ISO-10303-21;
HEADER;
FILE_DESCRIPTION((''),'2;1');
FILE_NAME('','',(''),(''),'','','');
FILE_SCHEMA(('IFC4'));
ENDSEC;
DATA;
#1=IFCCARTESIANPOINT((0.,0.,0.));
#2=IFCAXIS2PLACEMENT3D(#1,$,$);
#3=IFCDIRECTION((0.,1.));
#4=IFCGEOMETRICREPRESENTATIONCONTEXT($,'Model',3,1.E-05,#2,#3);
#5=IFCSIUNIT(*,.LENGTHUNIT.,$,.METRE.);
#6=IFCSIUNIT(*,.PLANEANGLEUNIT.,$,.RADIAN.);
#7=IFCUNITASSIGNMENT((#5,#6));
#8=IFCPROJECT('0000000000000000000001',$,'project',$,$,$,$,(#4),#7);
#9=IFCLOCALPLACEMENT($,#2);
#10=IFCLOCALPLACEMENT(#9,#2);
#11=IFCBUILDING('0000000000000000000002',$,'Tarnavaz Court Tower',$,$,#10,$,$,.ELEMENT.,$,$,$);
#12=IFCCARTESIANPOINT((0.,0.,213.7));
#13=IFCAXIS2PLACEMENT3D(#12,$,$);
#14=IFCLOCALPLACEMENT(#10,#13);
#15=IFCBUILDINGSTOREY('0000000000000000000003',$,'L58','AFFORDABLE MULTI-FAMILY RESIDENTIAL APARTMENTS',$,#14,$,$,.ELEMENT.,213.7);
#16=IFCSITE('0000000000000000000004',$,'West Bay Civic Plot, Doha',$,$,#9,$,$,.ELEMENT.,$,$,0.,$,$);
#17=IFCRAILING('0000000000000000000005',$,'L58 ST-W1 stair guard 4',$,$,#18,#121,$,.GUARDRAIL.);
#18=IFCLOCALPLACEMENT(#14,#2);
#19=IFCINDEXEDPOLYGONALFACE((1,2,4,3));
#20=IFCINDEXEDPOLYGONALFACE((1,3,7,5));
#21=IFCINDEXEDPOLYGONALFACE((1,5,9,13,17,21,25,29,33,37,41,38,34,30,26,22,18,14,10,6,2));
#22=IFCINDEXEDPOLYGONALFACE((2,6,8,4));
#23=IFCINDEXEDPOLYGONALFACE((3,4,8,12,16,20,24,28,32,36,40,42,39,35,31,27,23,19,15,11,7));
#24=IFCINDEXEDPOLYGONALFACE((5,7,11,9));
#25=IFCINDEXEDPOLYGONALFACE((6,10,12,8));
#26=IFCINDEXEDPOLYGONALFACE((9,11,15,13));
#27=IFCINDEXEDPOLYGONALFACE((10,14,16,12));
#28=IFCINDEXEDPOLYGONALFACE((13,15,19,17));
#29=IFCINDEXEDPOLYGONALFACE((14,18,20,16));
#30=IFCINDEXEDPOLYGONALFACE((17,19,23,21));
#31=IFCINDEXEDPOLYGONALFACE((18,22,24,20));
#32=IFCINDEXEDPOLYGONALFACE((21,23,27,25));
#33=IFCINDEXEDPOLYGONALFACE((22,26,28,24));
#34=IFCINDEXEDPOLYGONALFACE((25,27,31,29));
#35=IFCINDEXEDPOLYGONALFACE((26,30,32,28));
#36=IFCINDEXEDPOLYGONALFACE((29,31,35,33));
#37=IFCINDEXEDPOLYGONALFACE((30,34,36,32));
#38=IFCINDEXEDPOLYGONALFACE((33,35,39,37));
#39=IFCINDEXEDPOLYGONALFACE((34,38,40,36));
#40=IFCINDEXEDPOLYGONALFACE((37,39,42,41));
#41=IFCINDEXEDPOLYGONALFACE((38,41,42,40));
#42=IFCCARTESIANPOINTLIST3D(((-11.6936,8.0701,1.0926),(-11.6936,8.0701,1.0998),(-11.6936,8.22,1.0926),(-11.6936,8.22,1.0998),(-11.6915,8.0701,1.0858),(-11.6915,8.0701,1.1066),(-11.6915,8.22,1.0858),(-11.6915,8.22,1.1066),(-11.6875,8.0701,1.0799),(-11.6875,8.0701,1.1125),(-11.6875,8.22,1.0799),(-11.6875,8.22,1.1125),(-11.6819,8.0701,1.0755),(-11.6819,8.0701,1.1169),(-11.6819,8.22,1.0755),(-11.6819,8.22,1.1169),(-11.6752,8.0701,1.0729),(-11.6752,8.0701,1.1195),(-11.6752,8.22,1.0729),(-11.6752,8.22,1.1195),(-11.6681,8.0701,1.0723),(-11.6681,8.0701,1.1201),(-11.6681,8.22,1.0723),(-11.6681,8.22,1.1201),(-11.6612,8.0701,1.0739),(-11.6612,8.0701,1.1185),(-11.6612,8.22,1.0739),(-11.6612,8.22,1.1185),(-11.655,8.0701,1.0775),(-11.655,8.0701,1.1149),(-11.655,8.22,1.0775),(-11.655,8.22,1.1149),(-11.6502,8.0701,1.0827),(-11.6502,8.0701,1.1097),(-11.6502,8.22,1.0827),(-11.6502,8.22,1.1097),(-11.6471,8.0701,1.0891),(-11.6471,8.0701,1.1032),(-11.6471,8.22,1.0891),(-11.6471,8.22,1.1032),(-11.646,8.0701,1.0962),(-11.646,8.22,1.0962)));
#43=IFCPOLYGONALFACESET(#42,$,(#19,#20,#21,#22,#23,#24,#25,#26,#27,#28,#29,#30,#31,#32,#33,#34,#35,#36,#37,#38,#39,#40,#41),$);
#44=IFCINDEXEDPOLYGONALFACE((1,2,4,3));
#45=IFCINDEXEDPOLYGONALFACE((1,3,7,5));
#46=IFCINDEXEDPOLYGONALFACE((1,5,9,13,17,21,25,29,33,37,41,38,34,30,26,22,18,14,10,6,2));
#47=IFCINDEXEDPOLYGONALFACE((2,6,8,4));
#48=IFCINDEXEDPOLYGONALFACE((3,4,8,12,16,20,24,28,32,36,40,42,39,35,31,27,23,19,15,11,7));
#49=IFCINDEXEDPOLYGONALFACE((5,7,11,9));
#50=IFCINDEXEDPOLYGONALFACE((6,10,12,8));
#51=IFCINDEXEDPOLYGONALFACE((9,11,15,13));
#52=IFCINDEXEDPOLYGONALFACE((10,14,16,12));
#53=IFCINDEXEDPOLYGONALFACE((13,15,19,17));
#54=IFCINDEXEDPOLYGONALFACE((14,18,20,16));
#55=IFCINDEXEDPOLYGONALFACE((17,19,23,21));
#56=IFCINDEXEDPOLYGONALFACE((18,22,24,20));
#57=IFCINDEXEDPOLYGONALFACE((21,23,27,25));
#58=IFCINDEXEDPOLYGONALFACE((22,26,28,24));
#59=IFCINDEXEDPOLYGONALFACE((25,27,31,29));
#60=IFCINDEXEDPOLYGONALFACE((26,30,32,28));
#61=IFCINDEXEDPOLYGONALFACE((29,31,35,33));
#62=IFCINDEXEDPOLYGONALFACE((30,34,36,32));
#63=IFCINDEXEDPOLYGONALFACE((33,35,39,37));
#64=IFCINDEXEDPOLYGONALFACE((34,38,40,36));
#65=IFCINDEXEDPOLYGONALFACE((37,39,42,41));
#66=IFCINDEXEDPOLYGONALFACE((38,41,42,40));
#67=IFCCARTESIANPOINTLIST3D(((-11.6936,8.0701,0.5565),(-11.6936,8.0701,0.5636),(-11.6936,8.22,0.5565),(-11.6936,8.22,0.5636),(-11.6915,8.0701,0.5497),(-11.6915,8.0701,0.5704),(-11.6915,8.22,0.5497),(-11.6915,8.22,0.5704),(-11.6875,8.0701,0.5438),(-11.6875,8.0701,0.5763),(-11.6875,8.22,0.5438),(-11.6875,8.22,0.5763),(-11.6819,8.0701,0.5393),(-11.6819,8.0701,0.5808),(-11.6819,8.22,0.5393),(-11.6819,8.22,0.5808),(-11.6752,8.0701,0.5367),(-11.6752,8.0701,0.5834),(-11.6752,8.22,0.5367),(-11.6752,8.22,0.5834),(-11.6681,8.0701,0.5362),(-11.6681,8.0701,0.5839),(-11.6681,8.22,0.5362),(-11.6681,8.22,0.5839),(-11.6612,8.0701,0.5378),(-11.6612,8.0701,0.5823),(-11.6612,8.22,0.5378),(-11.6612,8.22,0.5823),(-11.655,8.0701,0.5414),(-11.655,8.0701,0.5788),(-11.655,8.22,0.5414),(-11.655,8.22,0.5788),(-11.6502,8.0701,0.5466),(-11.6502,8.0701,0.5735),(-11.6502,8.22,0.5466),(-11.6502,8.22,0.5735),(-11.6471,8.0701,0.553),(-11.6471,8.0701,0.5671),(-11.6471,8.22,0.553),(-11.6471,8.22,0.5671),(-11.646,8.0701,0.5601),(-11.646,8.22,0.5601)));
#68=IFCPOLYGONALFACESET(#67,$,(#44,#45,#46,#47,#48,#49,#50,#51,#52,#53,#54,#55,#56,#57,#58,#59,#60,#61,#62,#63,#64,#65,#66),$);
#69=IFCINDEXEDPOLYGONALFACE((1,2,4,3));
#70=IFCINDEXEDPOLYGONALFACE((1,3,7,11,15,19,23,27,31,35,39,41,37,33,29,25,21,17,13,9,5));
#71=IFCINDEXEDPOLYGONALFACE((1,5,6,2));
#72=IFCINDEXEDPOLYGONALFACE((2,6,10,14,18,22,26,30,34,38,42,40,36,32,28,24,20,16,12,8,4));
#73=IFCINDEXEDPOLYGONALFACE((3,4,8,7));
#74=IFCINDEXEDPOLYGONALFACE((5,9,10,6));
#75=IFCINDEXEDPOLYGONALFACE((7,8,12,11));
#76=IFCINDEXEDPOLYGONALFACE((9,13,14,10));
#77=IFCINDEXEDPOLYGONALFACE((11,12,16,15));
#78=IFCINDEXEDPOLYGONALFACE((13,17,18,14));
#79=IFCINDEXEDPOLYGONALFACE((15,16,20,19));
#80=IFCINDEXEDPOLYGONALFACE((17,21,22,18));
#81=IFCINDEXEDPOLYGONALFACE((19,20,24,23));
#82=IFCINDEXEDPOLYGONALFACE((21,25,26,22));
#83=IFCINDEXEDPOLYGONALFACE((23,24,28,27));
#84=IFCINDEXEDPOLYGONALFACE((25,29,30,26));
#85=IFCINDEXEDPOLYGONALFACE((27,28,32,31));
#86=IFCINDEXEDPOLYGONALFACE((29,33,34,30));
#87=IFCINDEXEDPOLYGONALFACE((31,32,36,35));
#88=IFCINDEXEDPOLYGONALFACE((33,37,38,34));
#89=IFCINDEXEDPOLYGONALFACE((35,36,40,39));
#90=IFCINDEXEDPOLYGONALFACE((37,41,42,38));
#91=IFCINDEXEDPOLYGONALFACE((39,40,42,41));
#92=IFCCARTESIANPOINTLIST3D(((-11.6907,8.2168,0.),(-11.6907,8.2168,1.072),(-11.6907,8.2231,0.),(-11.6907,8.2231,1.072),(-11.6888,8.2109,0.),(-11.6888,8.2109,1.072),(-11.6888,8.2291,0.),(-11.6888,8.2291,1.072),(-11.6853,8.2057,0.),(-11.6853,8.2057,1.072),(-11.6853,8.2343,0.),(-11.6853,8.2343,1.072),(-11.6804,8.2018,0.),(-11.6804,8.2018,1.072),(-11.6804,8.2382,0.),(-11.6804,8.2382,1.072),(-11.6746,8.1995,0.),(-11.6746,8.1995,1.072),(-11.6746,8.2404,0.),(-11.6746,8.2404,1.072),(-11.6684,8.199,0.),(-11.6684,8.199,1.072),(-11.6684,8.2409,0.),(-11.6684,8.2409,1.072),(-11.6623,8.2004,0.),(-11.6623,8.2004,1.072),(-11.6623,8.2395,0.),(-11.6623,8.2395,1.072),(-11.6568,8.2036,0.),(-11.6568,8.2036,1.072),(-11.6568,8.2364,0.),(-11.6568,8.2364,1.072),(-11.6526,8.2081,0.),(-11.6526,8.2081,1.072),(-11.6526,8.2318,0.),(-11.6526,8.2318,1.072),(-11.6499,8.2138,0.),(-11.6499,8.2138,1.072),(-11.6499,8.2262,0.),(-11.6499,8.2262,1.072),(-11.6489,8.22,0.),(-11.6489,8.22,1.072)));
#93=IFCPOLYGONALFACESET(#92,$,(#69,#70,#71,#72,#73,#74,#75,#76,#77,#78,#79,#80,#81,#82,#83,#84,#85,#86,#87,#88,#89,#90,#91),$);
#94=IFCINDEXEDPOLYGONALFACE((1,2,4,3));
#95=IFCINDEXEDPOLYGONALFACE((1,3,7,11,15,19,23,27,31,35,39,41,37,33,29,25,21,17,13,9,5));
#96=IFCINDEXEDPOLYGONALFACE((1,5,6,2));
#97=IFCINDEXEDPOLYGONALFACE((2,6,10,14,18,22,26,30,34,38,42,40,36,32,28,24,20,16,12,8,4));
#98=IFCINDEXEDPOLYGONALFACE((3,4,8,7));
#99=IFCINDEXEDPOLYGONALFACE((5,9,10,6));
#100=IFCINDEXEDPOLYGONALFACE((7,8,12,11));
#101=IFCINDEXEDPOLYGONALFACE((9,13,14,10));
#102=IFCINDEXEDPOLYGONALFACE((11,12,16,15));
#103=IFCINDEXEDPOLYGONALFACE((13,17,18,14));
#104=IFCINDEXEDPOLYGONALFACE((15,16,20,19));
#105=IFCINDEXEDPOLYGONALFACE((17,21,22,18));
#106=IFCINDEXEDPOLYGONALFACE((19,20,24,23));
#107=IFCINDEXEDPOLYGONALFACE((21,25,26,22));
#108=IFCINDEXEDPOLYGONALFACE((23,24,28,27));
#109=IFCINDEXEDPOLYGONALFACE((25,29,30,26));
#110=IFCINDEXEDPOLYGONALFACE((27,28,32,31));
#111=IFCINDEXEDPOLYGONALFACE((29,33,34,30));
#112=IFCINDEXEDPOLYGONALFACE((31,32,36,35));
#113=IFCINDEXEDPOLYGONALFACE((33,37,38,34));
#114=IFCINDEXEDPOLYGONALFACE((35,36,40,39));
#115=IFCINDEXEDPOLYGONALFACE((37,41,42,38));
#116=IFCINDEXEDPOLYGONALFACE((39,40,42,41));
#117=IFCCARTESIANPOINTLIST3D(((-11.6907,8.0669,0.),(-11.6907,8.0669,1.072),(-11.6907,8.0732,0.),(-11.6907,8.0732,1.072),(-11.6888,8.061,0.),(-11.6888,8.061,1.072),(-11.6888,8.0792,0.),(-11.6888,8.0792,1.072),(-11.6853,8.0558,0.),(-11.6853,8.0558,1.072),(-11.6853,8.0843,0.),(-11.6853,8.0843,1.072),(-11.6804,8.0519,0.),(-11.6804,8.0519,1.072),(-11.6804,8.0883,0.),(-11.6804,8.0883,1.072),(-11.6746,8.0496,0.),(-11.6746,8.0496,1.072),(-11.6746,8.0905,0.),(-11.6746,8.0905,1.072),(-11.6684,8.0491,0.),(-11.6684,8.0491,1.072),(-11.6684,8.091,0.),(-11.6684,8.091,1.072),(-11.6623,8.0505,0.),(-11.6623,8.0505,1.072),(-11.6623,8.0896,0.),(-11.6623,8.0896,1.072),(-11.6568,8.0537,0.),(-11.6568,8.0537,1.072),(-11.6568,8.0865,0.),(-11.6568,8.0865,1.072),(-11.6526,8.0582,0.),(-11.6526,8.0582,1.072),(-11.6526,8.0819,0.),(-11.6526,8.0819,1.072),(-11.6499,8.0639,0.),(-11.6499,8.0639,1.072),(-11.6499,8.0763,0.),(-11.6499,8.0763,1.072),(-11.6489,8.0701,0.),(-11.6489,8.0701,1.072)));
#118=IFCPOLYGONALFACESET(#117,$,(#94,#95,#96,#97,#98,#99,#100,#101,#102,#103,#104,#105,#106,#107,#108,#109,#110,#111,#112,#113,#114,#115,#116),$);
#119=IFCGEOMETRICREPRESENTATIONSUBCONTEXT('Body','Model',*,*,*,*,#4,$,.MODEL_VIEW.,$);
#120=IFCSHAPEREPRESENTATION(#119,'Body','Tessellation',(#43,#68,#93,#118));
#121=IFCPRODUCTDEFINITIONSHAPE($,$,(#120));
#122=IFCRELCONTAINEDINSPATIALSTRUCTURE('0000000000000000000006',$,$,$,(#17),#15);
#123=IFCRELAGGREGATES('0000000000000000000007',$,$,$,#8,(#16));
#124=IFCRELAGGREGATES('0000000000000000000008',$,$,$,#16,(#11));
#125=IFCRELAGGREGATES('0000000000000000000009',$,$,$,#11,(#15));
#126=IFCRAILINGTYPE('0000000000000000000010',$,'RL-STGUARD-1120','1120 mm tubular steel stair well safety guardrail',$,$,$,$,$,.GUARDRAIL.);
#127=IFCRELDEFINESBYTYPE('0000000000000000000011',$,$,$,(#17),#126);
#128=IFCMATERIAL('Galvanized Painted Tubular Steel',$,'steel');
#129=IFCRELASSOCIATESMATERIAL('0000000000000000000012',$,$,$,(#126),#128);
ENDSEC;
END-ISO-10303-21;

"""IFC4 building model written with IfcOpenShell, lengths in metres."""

from ifc_helpers import new_model, si_unit, direction, frame, origin, origin_2d, place, context, subcontext, project, spatial, circle, extrude, material, type_object, element, save


model = new_model("IFC4")

# Units and contexts
model_context = context("Model", 3, precision=1e-05, world=origin(), true_north=direction((0.0, 1.0)))
body_context = subcontext(model_context, "Body", "Model", "MODEL_VIEW")
ifc_project = project(units=[si_unit("LENGTHUNIT", "METRE"), si_unit("PLANEANGLEUNIT", "RADIAN")], contexts=[model_context])

# Site, building, storey
site_placement = place(None, origin())
site = spatial("IfcSite", under=ifc_project, at=site_placement, Name="West Bay Civic Plot, Doha", CompositionType="ELEMENT", RefElevation=0.0)
building_placement = place(site_placement, origin())
building = spatial("IfcBuilding", under=site, at=building_placement, Name="Tarnavaz Court Tower", CompositionType="ELEMENT")
storey_placement = place(building_placement, frame((0.0, 0.0, 213.7)))
storey = spatial("IfcBuildingStorey", under=building, at=storey_placement, Name="L58", Description="AFFORDABLE MULTI-FAMILY RESIDENTIAL APARTMENTS", CompositionType="ELEMENT", Elevation=213.7)

# Railing
ifc_material_1 = material(Name="Galvanized Painted Tubular Steel", Category="steel")
railing_type_1 = type_object("IfcRailingType", Name="RL-STGUARD-1120", Description="1120 mm tubular steel stair well safety guardrail", PredefinedType="GUARDRAIL", material=ifc_material_1)
railing_1_placement = place(storey_placement, frame((-11.6699, 8.22, 0.0)))
element("IfcRailing", 1, at=railing_1_placement, inside=storey, type_object=railing_type_1, Name="L58 ST-W1 stair guard 4", PredefinedType="GUARDRAIL", context=body_context, shape_type="SweptSolid", body=[
    extrude(circle(Radius=0.0239, at=origin_2d()), frame((0.0, 0.0, 1.0962), z_axis=(0.0, -1.0, 0.0), x_axis=(1.0, 0.0, 0.0)), (0.0, 0.0, 1.0), 0.1499),
    extrude(circle(Radius=0.0239, at=origin_2d()), frame((0.0, 0.0, 0.5601), z_axis=(0.0, -1.0, 0.0), x_axis=(1.0, 0.0, 0.0)), (0.0, 0.0, 1.0), 0.1499),
    extrude(circle(Radius=0.021, at=origin_2d()), origin(), (0.0, 0.0, 1.0), 1.072),
    extrude(circle(Radius=0.021, at=origin_2d()), frame((0.0, -0.1499, 0.0)), (0.0, 0.0, 1.0), 1.072),
])

save(model, "model.ifc")
